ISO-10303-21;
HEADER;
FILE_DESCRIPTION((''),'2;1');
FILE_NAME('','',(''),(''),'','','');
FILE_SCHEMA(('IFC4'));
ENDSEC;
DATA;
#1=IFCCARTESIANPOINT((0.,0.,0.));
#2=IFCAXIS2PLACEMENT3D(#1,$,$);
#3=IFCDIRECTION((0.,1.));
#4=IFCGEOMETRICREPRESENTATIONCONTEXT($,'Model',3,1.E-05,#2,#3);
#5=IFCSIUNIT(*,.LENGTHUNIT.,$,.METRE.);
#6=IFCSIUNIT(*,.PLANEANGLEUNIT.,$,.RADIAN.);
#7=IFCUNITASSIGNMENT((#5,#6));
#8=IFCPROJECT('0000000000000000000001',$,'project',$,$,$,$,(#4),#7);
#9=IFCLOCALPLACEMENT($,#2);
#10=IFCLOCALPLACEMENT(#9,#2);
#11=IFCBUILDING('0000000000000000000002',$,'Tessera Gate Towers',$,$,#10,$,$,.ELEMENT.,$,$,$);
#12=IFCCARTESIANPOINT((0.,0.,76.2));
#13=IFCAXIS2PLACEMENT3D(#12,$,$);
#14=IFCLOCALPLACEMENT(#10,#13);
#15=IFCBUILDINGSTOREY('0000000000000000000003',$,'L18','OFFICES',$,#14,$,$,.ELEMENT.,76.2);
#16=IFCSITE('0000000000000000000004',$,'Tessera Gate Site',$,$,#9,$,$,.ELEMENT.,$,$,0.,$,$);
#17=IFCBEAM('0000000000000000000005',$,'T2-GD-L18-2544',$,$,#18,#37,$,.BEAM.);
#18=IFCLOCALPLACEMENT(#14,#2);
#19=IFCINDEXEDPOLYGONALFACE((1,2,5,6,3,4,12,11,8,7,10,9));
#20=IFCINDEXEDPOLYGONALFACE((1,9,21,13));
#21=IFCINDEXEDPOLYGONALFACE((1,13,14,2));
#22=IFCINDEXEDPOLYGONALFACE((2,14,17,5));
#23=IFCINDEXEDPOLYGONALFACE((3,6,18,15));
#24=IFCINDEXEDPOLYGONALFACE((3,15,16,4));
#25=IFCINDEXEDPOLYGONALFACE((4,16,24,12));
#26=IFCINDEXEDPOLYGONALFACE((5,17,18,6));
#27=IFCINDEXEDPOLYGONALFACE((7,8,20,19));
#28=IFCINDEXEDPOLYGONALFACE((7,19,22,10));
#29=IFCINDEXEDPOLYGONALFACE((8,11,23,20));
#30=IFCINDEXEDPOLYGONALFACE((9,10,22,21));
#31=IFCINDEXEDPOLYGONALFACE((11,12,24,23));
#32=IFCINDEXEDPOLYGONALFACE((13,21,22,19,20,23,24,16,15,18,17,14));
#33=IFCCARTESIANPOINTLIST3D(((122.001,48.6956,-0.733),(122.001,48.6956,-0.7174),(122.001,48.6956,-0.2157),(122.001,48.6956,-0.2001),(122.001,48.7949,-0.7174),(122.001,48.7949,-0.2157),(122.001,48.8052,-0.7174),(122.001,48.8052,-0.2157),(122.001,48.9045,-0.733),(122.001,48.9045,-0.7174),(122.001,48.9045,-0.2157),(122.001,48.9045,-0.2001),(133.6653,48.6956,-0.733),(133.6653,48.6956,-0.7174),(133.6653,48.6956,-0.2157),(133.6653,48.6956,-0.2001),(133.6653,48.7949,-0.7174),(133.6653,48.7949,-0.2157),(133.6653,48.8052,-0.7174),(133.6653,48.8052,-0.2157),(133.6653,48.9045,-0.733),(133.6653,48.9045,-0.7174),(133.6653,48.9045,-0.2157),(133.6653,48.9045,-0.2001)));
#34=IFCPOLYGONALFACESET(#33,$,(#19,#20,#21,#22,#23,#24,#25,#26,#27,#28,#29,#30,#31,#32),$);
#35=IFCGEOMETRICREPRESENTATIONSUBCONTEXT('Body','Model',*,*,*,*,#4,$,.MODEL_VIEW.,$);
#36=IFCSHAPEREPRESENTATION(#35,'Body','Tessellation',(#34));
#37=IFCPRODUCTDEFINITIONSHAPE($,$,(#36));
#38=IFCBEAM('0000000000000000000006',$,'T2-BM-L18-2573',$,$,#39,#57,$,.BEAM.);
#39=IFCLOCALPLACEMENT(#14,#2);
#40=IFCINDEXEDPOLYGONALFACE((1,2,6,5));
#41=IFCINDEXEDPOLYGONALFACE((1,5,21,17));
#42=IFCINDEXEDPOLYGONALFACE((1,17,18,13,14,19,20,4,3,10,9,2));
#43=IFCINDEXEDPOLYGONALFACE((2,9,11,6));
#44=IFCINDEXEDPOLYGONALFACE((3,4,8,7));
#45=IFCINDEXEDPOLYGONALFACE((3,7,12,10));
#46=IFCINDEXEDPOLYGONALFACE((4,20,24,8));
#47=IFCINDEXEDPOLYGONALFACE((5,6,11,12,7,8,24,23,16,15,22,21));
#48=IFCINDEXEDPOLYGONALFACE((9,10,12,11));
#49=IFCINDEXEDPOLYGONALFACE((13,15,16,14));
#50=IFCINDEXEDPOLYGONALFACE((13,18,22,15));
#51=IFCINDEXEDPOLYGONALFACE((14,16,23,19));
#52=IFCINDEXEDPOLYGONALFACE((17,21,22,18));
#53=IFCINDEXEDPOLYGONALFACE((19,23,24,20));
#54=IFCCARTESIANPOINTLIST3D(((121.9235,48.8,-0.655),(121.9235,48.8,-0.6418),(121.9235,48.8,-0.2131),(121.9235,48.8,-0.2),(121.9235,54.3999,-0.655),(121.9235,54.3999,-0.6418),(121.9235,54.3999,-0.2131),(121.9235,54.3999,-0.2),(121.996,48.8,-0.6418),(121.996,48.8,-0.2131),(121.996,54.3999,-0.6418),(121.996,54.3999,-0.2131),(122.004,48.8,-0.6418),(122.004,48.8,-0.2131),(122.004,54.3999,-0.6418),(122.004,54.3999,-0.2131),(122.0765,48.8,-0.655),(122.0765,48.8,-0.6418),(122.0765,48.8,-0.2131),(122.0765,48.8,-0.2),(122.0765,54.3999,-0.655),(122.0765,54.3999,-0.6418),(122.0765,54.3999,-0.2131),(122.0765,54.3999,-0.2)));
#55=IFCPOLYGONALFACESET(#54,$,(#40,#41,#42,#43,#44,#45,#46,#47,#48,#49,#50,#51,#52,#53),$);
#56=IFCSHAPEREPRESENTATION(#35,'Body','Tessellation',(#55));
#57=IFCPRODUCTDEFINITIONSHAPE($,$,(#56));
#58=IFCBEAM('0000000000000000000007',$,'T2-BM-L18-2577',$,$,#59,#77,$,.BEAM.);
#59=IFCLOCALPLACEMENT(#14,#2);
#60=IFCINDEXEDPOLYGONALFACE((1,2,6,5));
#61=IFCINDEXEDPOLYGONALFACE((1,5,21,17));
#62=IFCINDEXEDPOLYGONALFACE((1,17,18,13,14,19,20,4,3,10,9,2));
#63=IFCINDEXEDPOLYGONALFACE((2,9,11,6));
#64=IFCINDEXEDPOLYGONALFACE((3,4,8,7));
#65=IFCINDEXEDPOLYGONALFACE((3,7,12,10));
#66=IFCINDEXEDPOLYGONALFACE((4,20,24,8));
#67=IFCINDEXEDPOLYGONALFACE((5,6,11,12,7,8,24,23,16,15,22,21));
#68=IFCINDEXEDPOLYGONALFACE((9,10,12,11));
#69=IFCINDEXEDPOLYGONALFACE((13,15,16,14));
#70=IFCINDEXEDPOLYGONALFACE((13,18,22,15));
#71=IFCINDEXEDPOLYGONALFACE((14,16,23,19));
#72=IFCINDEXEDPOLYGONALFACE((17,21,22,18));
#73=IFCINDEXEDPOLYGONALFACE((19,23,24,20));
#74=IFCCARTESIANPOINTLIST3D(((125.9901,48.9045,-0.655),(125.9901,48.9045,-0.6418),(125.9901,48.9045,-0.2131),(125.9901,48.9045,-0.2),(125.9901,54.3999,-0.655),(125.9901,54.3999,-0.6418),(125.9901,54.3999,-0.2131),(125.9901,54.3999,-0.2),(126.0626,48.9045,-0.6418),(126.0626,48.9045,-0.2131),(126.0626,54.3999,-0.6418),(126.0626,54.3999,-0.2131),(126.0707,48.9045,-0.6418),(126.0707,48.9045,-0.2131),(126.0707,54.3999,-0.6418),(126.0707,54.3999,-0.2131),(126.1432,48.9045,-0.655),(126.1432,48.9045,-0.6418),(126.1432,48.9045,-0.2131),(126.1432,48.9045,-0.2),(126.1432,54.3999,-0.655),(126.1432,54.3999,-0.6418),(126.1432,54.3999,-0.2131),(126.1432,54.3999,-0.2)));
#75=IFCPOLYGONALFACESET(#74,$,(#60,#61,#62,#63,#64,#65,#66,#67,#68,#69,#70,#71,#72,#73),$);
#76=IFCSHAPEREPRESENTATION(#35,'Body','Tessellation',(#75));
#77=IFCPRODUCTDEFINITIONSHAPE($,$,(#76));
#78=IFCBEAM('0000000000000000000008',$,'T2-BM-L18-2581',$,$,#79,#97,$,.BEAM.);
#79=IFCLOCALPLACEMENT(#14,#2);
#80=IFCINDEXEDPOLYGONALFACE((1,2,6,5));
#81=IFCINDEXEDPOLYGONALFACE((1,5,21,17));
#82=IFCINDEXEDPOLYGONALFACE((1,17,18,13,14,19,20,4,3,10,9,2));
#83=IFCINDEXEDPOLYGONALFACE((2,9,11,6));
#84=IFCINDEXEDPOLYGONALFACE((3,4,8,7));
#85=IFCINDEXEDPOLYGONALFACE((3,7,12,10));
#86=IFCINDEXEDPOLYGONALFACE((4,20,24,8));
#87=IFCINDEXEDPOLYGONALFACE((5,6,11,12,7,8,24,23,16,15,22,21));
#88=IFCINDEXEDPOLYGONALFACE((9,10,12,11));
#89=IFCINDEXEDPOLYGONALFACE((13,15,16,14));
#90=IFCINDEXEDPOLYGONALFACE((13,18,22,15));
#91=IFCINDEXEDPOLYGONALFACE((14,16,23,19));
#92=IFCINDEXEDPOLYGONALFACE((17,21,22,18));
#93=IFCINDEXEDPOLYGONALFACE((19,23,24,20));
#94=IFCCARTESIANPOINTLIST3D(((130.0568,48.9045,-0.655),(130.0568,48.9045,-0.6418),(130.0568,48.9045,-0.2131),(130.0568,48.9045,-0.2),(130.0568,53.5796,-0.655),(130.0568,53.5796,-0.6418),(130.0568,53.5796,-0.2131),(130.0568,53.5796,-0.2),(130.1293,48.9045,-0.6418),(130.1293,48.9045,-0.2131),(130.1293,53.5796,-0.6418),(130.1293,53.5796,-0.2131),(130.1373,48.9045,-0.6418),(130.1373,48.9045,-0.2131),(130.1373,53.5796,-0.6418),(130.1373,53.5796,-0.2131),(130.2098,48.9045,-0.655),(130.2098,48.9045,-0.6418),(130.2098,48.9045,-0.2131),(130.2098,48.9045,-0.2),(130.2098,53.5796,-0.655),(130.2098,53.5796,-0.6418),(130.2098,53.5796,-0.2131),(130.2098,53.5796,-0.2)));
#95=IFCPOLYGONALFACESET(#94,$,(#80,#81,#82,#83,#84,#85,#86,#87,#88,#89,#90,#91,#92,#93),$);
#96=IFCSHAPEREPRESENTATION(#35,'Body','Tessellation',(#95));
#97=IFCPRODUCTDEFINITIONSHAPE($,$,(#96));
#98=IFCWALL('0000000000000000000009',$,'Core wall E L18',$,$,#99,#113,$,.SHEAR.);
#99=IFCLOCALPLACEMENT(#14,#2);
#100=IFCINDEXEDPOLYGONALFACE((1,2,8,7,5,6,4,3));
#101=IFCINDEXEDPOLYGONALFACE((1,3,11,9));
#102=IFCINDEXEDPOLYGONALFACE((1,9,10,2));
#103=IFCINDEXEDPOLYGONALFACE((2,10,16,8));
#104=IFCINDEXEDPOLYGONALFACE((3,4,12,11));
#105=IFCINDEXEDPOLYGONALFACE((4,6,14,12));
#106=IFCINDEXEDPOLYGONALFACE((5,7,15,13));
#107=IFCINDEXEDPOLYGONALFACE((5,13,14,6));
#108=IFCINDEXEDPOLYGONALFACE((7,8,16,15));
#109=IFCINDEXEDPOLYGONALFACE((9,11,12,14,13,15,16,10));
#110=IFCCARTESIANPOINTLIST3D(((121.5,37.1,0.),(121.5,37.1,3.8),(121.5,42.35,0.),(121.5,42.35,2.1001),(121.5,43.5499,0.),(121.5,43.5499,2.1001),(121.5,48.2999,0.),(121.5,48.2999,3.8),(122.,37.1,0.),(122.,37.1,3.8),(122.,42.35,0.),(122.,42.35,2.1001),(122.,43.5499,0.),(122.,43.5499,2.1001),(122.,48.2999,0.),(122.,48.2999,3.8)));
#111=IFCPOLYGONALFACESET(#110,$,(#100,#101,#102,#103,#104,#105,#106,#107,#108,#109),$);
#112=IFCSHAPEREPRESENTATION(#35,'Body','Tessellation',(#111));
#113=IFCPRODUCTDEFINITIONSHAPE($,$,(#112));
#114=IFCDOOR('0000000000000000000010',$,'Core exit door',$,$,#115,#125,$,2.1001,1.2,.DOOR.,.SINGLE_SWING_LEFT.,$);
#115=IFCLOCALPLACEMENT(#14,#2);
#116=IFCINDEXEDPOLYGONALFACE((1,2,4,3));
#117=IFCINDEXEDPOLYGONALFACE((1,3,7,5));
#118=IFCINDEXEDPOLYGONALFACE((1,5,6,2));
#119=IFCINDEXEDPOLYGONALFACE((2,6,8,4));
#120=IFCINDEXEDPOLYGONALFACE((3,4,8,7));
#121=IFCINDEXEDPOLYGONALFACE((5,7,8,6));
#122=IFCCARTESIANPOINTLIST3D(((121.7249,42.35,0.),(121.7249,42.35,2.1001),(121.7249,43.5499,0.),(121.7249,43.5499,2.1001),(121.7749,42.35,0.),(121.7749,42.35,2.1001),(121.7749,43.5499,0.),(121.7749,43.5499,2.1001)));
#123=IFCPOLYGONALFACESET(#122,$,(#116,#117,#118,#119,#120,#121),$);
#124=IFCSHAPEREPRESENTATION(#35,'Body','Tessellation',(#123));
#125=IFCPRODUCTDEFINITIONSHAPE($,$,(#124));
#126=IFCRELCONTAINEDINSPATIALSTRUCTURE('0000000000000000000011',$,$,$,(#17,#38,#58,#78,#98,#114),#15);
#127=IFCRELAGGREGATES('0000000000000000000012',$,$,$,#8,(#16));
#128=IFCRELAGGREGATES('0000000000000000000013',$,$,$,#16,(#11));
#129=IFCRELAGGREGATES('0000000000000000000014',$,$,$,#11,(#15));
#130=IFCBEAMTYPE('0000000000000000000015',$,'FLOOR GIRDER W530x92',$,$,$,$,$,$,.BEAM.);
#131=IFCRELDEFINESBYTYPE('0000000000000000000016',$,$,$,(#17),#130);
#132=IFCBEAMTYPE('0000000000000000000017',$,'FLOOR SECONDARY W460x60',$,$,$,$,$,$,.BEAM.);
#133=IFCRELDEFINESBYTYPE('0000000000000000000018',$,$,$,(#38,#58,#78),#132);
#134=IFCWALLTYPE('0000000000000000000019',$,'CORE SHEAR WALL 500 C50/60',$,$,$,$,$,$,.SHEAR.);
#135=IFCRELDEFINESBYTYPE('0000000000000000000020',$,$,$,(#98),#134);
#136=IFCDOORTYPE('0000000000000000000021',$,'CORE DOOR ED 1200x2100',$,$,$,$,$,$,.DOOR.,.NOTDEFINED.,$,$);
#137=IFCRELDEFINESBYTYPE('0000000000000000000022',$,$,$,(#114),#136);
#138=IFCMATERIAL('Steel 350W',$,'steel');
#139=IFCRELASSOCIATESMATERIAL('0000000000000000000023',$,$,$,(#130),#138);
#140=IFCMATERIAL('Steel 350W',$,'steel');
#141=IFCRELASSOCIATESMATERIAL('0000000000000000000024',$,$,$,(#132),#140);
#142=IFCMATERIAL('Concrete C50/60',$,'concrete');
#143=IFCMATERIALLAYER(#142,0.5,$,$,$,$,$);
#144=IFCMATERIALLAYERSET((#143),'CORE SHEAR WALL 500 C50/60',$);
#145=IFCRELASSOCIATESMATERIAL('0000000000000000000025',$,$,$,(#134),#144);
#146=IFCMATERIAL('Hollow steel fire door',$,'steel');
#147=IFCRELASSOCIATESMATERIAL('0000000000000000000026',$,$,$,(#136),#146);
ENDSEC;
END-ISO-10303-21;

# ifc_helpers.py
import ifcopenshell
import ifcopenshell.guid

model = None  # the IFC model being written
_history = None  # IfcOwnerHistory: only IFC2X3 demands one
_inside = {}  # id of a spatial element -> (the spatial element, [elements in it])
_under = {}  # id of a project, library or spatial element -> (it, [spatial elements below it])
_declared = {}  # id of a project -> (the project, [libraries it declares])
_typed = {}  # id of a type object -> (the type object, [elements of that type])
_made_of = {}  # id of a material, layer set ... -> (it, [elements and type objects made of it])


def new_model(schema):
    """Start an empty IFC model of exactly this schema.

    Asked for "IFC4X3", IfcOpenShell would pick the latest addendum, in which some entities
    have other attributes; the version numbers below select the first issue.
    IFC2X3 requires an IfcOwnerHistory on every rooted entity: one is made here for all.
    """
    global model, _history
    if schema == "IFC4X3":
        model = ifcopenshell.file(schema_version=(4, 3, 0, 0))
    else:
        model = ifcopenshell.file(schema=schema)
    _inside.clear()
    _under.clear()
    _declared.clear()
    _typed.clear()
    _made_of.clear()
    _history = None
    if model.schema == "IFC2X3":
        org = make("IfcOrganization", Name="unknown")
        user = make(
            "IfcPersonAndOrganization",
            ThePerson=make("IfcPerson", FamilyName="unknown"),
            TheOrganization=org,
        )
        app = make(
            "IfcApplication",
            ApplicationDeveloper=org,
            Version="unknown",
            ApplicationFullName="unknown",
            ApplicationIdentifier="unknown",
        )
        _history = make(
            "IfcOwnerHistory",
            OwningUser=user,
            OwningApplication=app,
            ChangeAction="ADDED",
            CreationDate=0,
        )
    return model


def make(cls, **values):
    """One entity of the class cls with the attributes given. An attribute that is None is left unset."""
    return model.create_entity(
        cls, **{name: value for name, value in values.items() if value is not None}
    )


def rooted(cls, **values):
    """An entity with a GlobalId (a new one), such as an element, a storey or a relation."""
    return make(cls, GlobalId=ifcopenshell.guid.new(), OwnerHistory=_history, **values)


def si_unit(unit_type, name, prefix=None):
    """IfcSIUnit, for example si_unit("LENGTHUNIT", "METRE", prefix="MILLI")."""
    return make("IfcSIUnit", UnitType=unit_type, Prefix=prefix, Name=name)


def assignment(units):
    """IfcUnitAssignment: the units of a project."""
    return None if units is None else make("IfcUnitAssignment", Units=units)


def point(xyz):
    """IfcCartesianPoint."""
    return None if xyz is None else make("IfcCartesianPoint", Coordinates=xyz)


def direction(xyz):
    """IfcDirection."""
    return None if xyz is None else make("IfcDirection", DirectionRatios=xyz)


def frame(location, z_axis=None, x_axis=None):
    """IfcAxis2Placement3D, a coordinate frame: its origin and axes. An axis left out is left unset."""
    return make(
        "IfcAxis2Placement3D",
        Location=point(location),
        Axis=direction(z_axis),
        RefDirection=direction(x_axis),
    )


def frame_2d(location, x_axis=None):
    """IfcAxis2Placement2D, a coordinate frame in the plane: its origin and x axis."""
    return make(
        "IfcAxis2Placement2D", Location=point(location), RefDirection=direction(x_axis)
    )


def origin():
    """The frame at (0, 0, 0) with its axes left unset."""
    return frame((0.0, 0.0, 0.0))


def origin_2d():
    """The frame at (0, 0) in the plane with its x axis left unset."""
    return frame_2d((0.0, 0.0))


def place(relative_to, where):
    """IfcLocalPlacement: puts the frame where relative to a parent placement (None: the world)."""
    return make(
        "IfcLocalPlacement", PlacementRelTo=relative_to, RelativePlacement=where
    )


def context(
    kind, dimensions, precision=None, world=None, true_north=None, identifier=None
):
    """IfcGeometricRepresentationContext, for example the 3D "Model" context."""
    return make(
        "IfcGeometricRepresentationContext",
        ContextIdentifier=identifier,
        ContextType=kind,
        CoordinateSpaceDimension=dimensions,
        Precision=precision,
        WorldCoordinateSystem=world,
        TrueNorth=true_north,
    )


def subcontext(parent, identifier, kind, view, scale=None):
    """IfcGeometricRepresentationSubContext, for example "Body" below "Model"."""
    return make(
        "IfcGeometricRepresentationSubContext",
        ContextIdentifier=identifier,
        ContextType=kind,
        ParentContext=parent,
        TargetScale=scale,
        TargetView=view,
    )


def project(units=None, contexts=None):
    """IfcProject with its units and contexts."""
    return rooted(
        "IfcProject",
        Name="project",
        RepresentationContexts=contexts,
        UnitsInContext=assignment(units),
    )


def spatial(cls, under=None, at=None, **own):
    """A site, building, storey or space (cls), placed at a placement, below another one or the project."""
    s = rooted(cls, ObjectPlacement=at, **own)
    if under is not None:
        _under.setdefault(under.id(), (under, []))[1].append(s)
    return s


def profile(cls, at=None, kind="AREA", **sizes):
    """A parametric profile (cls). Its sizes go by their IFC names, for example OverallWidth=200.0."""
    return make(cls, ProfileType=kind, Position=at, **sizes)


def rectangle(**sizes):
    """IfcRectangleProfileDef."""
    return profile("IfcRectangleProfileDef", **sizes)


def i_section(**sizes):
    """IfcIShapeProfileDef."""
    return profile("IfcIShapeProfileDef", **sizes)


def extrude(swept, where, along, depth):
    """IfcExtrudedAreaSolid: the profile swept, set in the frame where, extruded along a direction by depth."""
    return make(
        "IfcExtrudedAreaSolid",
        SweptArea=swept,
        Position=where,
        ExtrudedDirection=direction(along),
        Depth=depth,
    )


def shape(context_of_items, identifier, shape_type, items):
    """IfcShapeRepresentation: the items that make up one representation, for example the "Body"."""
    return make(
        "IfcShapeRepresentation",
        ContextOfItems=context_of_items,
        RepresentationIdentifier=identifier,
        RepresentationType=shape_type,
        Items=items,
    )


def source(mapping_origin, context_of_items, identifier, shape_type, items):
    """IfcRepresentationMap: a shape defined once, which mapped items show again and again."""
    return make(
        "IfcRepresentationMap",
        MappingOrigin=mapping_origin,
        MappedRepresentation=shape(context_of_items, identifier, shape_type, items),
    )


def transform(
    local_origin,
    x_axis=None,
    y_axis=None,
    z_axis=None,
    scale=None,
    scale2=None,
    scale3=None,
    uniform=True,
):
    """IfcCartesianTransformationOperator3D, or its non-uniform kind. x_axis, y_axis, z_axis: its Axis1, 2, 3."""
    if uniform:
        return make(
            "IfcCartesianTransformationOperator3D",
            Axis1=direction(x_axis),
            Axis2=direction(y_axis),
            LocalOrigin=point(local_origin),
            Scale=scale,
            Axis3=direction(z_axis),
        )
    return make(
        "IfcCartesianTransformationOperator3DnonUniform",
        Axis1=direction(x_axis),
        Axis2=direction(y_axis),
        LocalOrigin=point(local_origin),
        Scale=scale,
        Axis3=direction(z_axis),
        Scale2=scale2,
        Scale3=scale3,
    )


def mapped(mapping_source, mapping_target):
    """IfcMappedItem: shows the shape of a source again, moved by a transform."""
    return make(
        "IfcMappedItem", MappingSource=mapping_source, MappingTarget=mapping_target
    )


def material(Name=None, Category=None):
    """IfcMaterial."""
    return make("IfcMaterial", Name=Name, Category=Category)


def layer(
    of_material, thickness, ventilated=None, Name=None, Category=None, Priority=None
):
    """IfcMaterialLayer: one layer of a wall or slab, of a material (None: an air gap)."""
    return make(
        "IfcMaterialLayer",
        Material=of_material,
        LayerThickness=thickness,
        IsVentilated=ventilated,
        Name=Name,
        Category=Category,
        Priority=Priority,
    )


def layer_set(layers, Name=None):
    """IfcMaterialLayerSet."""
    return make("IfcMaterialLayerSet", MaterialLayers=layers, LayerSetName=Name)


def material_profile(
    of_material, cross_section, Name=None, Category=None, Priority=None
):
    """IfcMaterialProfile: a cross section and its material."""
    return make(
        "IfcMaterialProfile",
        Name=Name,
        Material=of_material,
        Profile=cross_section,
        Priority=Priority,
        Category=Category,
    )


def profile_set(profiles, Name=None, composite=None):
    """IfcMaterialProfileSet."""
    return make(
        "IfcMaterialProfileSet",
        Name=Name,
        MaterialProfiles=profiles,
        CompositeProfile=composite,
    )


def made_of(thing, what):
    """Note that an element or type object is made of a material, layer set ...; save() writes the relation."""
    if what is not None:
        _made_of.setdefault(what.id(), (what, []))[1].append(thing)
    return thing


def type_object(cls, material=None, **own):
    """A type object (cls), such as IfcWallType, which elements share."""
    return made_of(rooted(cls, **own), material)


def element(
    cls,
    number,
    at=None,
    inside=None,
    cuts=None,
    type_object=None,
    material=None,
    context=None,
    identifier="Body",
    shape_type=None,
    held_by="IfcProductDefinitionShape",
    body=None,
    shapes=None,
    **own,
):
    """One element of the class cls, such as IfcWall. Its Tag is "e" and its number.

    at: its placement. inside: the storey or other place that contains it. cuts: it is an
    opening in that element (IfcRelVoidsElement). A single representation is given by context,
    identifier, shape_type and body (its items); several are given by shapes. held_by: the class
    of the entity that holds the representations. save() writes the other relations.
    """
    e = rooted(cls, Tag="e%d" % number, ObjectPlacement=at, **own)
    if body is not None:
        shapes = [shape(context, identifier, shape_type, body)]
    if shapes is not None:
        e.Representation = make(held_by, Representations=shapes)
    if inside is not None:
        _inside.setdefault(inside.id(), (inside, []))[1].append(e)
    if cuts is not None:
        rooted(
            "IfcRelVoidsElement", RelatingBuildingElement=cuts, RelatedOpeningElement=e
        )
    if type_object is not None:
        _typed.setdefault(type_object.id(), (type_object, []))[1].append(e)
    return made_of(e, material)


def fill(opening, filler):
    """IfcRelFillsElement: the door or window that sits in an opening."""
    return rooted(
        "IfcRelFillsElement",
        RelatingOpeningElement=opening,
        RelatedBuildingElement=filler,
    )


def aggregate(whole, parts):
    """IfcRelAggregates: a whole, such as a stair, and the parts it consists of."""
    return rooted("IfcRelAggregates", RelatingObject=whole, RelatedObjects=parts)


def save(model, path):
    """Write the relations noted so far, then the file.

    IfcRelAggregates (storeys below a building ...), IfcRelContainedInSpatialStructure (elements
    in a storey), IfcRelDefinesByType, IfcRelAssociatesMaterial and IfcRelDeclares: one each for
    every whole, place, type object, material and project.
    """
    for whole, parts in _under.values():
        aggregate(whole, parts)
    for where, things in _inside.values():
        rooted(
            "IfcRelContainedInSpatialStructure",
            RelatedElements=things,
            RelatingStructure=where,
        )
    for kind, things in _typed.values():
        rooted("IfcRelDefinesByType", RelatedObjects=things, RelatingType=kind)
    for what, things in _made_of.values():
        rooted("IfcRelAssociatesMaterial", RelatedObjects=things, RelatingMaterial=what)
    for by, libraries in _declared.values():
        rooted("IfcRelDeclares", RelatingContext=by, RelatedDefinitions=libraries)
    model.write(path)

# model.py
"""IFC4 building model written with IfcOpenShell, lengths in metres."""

from ifc_helpers import new_model, si_unit, direction, frame, frame_2d, origin, origin_2d, place, context, subcontext, project, spatial, rectangle, i_section, extrude, source, transform, mapped, material, layer, layer_set, material_profile, profile_set, type_object, element, fill, save


model = new_model("IFC4")

# Units and contexts
model_context = context("Model", 3, precision=1e-05, world=origin(), true_north=direction((0.0, 1.0)))
body_context = subcontext(model_context, "Body", "Model", "MODEL_VIEW")
ifc_project = project(units=[si_unit("LENGTHUNIT", "METRE"), si_unit("PLANEANGLEUNIT", "RADIAN")], contexts=[model_context])

# Site, building, storey
site_placement = place(None, origin())
site = spatial("IfcSite", under=ifc_project, at=site_placement, Name="Tessera Gate Site", CompositionType="ELEMENT", RefElevation=0.0)
building_placement = place(site_placement, origin())
building = spatial("IfcBuilding", under=site, at=building_placement, Name="Tessera Gate Towers", CompositionType="ELEMENT")
storey_placement = place(building_placement, frame((0.0, 0.0, 76.2)))
storey = spatial("IfcBuildingStorey", under=building, at=storey_placement, Name="L18", Description="OFFICES", CompositionType="ELEMENT", Elevation=76.2)

# Beams
ifc_material_1 = material(Name="Steel 350W", Category="steel")
ifc_material_profile_1 = material_profile(ifc_material_1, i_section(OverallWidth=0.209, OverallDepth=0.533, WebThickness=0.0103, FlangeThickness=0.0156, at=origin_2d()), Name="W530x92")
ifc_profile_set_1 = profile_set([ifc_material_profile_1], Name="Steel 350W")
beam_type_1 = type_object("IfcBeamType", Name="FLOOR GIRDER W530x92", PredefinedType="BEAM", material=ifc_profile_set_1)
beam_1_placement = place(storey_placement, frame((122.001, 48.8, -0.4666), z_axis=(1.0, 0.0, 0.0), x_axis=(0.0, 1.0, 0.0)))
element("IfcBeam", 1, at=beam_1_placement, inside=storey, type_object=beam_type_1, Name="T2-GD-L18-2544", PredefinedType="BEAM", context=body_context, shape_type="SweptSolid", body=[
    extrude(i_section(OverallWidth=0.209, OverallDepth=0.533, WebThickness=0.0103, FlangeThickness=0.0156, at=origin_2d()), origin(), (0.0, 0.0, 1.0), 11.6643),
])
ifc_material_2 = material(Name="Steel 350W", Category="steel")
ifc_material_profile_2 = material_profile(ifc_material_2, i_section(OverallWidth=0.1531, OverallDepth=0.4551, WebThickness=0.0081, FlangeThickness=0.0132, at=origin_2d()), Name="W460x60")
ifc_profile_set_2 = profile_set([ifc_material_profile_2], Name="Steel 350W")
beam_type_2 = type_object("IfcBeamType", Name="FLOOR SECONDARY W460x60", PredefinedType="BEAM", material=ifc_profile_set_2)
beam_2_placement = place(storey_placement, frame((122.0, 48.8, -0.4275), z_axis=(0.0, 1.0, 0.0), x_axis=(-1.0, 0.0, 0.0)))
element("IfcBeam", 2, at=beam_2_placement, inside=storey, type_object=beam_type_2, Name="T2-BM-L18-2573", PredefinedType="BEAM", context=body_context, shape_type="SweptSolid", body=[
    extrude(i_section(OverallWidth=0.1531, OverallDepth=0.4551, WebThickness=0.0081, FlangeThickness=0.0132, at=origin_2d()), origin(), (0.0, 0.0, 1.0), 5.5999),
])
beam_3_placement = place(storey_placement, frame((126.0667, 48.9045, -0.4275), z_axis=(0.0, 1.0, 0.0), x_axis=(-1.0, 0.0, 0.0)))
element("IfcBeam", 3, at=beam_3_placement, inside=storey, type_object=beam_type_2, Name="T2-BM-L18-2577", PredefinedType="BEAM", context=body_context, shape_type="SweptSolid", body=[
    extrude(i_section(OverallWidth=0.1531, OverallDepth=0.4551, WebThickness=0.0081, FlangeThickness=0.0132, at=origin_2d()), origin(), (0.0, 0.0, 1.0), 5.4954),
])
beam_4_placement = place(storey_placement, frame((130.1333, 48.9045, -0.4275), z_axis=(0.0, 1.0, 0.0), x_axis=(-1.0, 0.0, 0.0)))
element("IfcBeam", 4, at=beam_4_placement, inside=storey, type_object=beam_type_2, Name="T2-BM-L18-2581", PredefinedType="BEAM", context=body_context, shape_type="SweptSolid", body=[
    extrude(i_section(OverallWidth=0.1531, OverallDepth=0.4551, WebThickness=0.0081, FlangeThickness=0.0132, at=origin_2d()), origin(), (0.0, 0.0, 1.0), 4.675),
])

# Wall, opening, door
ifc_material_3 = material(Name="Concrete C50/60", Category="concrete")
ifc_layer_1 = layer(ifc_material_3, 0.5)
ifc_layer_set_1 = layer_set([ifc_layer_1], Name="CORE SHEAR WALL 500 C50/60")
wall_type_1 = type_object("IfcWallType", Name="CORE SHEAR WALL 500 C50/60", PredefinedType="SHEAR", material=ifc_layer_set_1)
wall_1_placement = place(storey_placement, frame((121.75, 48.3, 0.0), z_axis=(0.0, 0.0, 1.0), x_axis=(0.0, -1.0, 0.0)))
wall_1 = element("IfcWall", 5, at=wall_1_placement, inside=storey, type_object=wall_type_1, Name="Core wall E L18", PredefinedType="SHEAR", context=body_context, shape_type="SweptSolid", body=[
    extrude(rectangle(XDim=11.2, YDim=0.5, at=frame_2d((5.6001, 0.0))), origin(), (0.0, 0.0, 1.0), 3.8),
])
shared_shape_1 = source(origin(), body_context, "Body", "SweptSolid", [
    extrude(rectangle(XDim=1.2, YDim=2.1001, at=frame_2d((0.6001, 1.05))), frame((0.0, 0.26, 0.0), z_axis=(0.0, -1.0, 0.0), x_axis=(1.0, 0.0, 0.0)), (0.0, 0.0, 1.0), 0.52),
])
opening_1_placement = place(wall_1_placement, frame((4.75, 0.0, 0.0)))
opening_1 = element("IfcOpeningElement", 6, at=opening_1_placement, cuts=wall_1, PredefinedType="OPENING", context=body_context, shape_type="MappedRepresentation", body=[
    mapped(shared_shape_1, transform((0.0, 0.0, 0.0), scale=1.0)),
])
ifc_material_4 = material(Name="Hollow steel fire door", Category="steel")
door_type_1 = type_object("IfcDoorType", Name="CORE DOOR ED 1200x2100", OperationType="NOTDEFINED", PredefinedType="DOOR", material=ifc_material_4)
shared_shape_2 = source(origin(), body_context, "Body", "SweptSolid", [
    extrude(rectangle(XDim=1.2, YDim=2.1001, at=frame_2d((0.6001, 1.05))), frame((0.0, 0.0249, 0.0), z_axis=(0.0, -1.0, 0.0), x_axis=(1.0, 0.0, 0.0)), (0.0, 0.0, 1.0), 0.05),
])
door_1_placement = place(opening_1_placement, origin())
door_1 = element("IfcDoor", 7, at=door_1_placement, inside=storey, type_object=door_type_1, Name="Core exit door", OperationType="SINGLE_SWING_LEFT", OverallHeight=2.1001, OverallWidth=1.2, PredefinedType="DOOR", context=body_context, shape_type="MappedRepresentation", body=[
    mapped(shared_shape_2, transform((0.0, 0.0, 0.0), scale=1.0)),
])
fill(opening_1, door_1)

save(model, "model.ifc")
